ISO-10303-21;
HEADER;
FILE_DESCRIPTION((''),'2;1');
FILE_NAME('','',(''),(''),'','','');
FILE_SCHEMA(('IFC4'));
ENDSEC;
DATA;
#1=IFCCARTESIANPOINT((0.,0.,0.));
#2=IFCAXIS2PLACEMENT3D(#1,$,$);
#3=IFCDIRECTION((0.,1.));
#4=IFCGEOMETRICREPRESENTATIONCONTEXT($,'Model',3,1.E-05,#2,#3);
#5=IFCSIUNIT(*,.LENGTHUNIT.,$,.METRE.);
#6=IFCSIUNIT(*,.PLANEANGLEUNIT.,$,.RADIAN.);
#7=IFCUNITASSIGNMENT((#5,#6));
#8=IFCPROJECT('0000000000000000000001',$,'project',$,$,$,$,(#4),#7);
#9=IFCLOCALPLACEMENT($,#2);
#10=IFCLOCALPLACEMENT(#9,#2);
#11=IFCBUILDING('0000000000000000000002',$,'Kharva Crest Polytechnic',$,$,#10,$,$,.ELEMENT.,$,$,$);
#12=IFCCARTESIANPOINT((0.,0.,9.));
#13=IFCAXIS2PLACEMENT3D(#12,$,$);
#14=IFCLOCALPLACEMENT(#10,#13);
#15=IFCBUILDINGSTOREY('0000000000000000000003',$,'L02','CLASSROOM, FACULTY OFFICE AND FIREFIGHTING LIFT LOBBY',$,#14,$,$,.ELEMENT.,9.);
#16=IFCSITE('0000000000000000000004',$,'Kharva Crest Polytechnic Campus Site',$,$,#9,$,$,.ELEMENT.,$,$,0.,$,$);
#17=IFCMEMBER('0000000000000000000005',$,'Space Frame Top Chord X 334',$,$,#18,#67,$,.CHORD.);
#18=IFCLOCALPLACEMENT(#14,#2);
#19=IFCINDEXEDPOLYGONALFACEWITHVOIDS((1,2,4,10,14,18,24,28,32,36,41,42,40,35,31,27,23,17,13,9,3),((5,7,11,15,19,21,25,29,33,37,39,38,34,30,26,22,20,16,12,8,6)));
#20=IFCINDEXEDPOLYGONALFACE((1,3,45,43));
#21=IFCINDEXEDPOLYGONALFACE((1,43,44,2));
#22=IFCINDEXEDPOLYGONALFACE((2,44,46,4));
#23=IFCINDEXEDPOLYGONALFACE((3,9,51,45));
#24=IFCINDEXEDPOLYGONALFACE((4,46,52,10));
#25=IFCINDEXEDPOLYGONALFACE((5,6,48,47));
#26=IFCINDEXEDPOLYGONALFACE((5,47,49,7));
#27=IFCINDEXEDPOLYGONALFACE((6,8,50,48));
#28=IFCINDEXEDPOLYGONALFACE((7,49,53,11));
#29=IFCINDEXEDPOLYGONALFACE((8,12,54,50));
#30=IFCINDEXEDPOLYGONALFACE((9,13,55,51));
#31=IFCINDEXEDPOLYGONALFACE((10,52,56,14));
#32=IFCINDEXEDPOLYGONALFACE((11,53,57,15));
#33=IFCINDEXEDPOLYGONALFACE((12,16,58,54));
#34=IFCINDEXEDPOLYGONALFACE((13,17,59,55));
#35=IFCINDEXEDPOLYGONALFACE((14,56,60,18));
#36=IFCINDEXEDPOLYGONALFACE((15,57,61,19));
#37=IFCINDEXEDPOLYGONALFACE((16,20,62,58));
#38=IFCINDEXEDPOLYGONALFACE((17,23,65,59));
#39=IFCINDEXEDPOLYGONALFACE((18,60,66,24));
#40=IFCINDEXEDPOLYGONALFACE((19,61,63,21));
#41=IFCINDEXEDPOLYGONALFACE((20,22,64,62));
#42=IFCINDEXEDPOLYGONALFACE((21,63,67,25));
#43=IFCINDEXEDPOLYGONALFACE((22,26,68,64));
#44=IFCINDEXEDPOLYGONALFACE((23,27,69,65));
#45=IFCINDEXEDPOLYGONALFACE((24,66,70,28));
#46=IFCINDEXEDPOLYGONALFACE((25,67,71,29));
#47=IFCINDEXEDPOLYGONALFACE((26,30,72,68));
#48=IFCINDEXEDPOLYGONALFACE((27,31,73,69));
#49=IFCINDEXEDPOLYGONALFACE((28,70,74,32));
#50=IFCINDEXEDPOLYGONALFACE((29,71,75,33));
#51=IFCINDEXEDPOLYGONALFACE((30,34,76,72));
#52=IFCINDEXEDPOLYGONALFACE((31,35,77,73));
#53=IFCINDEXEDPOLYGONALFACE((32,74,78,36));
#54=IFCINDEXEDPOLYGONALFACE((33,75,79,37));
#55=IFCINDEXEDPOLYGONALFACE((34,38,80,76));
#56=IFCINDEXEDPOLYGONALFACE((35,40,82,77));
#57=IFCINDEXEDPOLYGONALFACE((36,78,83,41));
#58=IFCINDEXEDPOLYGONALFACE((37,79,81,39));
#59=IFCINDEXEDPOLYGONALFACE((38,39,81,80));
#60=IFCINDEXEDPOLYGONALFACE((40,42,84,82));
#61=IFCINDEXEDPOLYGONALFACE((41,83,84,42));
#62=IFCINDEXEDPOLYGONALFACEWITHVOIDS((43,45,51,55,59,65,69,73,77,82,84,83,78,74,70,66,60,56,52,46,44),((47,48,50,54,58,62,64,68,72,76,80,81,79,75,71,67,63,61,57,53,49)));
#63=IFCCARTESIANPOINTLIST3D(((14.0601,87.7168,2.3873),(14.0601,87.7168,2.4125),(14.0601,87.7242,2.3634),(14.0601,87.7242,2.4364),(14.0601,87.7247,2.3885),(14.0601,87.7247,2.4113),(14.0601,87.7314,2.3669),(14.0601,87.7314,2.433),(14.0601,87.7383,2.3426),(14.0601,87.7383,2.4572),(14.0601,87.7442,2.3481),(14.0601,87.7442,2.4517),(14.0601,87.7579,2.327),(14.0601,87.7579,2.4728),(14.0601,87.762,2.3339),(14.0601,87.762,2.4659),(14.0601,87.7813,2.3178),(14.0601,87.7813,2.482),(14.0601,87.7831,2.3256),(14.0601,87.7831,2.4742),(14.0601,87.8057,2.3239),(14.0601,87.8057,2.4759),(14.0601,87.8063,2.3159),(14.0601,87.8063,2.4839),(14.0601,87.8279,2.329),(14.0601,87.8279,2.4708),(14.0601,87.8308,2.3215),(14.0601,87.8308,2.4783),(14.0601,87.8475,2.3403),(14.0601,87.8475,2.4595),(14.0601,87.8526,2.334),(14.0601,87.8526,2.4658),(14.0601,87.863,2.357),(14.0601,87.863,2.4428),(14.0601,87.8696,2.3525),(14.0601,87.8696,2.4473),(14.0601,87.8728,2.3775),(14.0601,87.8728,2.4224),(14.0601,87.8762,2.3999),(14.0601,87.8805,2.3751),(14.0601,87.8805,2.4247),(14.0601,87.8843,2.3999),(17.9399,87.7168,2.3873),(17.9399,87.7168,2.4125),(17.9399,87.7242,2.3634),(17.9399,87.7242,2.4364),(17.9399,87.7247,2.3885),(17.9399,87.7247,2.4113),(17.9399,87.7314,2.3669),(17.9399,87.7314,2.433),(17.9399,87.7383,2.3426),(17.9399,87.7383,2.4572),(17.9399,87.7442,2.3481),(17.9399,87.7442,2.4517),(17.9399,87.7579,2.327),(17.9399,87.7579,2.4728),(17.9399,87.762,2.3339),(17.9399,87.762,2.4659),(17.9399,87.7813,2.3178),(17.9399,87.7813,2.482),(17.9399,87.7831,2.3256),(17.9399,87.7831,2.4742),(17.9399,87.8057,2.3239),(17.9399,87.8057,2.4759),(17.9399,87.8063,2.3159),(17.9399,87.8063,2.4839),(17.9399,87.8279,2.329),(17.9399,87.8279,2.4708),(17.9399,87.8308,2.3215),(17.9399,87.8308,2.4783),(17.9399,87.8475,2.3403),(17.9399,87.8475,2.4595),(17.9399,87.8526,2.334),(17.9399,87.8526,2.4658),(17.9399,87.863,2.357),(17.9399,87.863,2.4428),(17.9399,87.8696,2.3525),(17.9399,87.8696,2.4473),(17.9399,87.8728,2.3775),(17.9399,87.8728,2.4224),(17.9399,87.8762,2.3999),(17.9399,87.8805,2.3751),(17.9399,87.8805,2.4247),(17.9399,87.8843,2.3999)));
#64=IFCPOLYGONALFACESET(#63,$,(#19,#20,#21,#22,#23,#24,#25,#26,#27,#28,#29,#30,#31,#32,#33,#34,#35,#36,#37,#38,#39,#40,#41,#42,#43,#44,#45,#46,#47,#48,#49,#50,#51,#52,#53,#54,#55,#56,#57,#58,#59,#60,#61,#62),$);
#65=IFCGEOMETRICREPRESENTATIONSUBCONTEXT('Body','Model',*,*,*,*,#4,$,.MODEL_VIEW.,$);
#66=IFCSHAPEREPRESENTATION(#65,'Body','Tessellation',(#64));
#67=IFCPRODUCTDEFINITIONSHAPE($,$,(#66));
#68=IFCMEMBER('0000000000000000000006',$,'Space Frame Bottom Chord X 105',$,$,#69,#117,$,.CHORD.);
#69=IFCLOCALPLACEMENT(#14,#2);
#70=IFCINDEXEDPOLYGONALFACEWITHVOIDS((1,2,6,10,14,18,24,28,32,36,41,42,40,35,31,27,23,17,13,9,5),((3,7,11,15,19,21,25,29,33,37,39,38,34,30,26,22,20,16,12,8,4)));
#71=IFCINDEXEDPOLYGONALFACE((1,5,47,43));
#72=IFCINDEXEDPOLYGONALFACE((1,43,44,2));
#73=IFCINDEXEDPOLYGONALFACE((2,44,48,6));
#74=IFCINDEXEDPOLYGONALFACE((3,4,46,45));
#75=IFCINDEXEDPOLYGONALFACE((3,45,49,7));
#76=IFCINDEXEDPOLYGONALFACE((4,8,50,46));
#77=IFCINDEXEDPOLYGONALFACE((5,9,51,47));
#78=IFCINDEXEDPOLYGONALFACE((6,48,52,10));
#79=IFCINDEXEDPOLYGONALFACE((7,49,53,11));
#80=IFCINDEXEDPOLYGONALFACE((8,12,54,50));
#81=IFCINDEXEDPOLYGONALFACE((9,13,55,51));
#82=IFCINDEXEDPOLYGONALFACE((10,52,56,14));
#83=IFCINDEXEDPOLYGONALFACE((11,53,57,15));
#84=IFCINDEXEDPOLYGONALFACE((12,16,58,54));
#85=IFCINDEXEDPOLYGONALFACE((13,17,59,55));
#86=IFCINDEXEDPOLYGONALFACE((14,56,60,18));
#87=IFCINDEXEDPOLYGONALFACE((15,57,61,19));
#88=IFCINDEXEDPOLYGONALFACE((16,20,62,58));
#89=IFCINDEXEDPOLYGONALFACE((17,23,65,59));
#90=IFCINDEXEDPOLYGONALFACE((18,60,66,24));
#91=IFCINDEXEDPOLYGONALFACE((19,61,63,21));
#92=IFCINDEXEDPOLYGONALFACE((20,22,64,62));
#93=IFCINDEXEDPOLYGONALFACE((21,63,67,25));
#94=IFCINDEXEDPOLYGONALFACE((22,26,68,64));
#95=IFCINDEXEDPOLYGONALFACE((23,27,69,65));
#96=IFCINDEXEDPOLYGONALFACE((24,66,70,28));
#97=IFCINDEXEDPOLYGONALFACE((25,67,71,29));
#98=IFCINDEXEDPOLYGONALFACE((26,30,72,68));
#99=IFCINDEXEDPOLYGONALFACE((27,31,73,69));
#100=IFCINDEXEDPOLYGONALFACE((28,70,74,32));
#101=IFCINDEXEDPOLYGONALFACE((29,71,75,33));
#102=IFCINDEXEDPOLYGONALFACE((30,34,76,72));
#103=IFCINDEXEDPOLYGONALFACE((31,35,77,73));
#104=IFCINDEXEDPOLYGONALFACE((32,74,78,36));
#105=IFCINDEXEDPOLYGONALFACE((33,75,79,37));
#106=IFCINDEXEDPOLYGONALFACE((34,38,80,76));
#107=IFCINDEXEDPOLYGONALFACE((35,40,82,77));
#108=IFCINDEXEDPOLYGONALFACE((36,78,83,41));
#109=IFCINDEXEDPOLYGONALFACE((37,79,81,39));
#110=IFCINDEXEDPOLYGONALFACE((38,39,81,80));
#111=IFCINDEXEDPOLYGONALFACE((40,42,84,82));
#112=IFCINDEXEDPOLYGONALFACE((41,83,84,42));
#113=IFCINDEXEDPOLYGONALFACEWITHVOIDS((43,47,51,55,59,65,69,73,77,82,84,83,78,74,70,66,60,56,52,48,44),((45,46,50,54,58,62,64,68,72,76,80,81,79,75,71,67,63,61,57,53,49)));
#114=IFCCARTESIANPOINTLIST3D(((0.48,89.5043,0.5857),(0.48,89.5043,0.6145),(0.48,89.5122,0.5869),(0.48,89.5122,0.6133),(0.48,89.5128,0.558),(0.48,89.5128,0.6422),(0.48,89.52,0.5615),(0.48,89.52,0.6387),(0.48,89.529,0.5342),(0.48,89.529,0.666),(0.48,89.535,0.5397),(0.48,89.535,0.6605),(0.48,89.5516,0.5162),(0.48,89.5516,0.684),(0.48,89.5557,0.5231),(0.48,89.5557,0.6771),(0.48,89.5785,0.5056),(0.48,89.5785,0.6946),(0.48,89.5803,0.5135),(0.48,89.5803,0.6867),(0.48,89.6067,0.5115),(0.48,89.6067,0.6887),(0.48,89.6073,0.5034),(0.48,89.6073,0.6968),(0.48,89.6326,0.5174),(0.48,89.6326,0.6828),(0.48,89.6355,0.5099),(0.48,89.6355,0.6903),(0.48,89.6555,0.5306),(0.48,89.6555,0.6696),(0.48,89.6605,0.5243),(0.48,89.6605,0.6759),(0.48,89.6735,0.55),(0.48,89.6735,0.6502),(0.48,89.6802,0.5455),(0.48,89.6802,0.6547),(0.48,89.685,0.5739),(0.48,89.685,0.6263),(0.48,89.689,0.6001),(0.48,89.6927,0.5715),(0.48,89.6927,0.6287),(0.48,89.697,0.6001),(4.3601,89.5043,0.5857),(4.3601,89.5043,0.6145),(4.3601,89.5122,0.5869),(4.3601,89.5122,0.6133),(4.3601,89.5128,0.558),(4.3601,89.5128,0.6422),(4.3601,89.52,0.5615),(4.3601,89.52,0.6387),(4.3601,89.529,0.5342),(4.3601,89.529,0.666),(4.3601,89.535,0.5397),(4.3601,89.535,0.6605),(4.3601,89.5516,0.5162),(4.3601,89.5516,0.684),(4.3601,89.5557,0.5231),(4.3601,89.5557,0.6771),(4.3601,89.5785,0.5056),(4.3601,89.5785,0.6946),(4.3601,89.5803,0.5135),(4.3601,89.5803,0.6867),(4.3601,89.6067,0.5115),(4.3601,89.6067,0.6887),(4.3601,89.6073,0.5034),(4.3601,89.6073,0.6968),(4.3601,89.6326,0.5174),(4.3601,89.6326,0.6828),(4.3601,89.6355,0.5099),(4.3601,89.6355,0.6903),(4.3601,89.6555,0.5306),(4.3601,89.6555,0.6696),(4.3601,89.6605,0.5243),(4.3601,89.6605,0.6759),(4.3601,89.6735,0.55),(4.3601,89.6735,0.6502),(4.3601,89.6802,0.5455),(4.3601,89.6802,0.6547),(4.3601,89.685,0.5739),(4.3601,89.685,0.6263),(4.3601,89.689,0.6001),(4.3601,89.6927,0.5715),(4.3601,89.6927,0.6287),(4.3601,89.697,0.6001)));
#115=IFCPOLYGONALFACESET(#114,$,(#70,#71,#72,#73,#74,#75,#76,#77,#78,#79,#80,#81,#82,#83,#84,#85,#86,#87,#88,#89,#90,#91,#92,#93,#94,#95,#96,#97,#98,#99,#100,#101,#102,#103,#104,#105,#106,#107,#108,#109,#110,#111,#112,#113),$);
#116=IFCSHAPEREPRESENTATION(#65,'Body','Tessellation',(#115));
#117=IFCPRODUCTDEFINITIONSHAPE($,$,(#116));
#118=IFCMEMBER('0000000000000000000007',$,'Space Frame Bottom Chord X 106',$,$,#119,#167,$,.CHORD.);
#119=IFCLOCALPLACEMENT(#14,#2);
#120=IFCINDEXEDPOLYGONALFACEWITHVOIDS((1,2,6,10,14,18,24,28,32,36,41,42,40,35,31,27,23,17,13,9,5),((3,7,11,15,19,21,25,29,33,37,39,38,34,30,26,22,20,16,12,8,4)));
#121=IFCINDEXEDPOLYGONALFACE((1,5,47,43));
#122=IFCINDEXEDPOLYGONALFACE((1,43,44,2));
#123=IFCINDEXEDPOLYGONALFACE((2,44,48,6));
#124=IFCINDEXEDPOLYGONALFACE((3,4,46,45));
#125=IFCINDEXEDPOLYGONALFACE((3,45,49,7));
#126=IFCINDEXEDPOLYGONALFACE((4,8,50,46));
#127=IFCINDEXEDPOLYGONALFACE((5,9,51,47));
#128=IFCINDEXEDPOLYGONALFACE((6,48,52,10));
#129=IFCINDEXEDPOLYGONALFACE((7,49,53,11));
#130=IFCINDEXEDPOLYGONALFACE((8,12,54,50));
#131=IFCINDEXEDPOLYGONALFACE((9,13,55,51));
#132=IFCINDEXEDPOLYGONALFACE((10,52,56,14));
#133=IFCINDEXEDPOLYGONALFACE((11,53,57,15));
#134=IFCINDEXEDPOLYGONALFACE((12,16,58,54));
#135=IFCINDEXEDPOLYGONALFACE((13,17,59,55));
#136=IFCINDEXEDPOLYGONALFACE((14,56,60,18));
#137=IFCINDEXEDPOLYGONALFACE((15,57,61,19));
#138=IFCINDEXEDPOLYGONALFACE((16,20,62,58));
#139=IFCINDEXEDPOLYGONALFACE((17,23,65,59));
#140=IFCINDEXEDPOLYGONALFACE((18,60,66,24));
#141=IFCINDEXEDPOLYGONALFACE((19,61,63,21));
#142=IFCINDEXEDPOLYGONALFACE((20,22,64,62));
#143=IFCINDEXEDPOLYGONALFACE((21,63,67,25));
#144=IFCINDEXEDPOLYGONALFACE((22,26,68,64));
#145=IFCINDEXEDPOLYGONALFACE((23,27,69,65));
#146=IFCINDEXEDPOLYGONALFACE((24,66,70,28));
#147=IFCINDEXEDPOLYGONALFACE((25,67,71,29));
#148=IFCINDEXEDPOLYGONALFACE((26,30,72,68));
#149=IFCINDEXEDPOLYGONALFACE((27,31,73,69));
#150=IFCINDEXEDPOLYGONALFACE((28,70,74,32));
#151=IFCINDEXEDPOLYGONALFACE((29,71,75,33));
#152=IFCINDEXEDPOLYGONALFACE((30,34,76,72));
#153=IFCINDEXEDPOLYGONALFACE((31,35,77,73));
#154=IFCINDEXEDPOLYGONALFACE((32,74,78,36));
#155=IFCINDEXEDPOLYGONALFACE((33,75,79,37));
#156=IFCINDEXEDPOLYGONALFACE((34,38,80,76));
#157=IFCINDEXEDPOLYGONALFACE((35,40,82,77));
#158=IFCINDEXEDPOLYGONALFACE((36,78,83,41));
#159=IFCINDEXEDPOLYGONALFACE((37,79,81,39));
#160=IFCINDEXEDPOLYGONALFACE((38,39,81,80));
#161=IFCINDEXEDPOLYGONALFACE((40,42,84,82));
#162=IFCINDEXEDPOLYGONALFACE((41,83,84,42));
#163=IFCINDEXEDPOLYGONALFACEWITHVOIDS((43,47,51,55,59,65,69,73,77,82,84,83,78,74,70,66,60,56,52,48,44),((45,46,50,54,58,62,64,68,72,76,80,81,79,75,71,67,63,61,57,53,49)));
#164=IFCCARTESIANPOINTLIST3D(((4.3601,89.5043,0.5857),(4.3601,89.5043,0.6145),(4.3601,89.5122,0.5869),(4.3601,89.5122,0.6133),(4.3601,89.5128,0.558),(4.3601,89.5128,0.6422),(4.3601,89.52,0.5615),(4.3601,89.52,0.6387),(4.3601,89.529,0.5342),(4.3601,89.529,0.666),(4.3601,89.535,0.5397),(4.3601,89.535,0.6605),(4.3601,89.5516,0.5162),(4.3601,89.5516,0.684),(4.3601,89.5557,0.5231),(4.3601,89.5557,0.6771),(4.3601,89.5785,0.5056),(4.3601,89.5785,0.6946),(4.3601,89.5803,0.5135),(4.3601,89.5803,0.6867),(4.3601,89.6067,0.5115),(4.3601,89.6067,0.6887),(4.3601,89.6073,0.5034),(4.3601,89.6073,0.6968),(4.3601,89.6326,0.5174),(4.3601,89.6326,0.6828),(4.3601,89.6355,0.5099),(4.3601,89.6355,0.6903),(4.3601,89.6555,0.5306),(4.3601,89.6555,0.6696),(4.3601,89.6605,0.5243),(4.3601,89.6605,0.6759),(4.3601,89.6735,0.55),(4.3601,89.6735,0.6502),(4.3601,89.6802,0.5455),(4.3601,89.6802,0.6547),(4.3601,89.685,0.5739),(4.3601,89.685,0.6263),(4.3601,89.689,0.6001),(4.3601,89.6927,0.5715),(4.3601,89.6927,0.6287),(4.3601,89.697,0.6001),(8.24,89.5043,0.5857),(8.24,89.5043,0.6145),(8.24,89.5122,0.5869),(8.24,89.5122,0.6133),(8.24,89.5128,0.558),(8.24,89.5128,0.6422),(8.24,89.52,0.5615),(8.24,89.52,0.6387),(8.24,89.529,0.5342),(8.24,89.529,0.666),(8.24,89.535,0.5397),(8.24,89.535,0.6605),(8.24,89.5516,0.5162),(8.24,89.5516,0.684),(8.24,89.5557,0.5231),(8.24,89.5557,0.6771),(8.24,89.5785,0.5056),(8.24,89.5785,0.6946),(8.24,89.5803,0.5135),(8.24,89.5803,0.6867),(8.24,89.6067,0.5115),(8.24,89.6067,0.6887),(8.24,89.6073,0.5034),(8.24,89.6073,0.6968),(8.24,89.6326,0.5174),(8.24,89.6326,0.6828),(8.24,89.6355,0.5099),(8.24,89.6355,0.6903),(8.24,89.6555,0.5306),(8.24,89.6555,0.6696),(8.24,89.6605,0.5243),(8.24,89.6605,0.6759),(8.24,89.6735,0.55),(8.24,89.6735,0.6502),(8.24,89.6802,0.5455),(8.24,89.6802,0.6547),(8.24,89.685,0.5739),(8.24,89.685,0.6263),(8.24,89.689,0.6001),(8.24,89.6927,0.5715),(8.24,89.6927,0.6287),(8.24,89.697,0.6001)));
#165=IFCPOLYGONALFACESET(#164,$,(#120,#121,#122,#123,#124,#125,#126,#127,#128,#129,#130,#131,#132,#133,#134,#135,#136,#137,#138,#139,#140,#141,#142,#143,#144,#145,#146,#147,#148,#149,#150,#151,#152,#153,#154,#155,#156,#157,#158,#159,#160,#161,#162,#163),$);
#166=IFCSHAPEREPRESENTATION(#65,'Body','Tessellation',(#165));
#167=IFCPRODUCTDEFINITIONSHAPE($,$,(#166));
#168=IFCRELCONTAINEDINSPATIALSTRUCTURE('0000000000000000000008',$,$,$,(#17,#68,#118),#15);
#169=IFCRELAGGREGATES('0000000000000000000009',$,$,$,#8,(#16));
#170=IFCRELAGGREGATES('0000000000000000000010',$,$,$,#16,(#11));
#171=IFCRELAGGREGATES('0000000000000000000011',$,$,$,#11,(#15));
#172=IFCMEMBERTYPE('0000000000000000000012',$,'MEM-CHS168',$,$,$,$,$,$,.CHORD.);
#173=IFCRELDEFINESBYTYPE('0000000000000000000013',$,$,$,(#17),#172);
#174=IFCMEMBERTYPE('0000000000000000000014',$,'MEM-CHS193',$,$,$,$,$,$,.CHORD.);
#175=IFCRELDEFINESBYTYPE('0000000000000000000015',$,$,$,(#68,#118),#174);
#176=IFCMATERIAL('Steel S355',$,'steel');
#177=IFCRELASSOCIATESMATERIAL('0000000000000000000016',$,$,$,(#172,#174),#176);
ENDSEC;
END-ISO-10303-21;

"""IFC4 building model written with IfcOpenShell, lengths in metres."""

from ifc_helpers import new_model, si_unit, direction, frame, origin, origin_2d, place, context, subcontext, project, spatial, hollow_circle, extrude, material, material_profile, profile_set, type_object, element, save


model = new_model("IFC4")

# Units and contexts
model_context = context("Model", 3, precision=1e-05, world=origin(), true_north=direction((0.0, 1.0)))
body_context = subcontext(model_context, "Body", "Model", "MODEL_VIEW")
ifc_project = project(units=[si_unit("LENGTHUNIT", "METRE"), si_unit("PLANEANGLEUNIT", "RADIAN")], contexts=[model_context])

# Site, building, storey
site_placement = place(None, origin())
site = spatial("IfcSite", under=ifc_project, at=site_placement, Name="Kharva Crest Polytechnic Campus Site", CompositionType="ELEMENT", RefElevation=0.0)
building_placement = place(site_placement, origin())
building = spatial("IfcBuilding", under=site, at=building_placement, Name="Kharva Crest Polytechnic", CompositionType="ELEMENT")
storey_placement = place(building_placement, frame((0.0, 0.0, 9.0)))
storey = spatial("IfcBuildingStorey", under=building, at=storey_placement, Name="L02", Description="CLASSROOM, FACULTY OFFICE AND FIREFIGHTING LIFT LOBBY", CompositionType="ELEMENT", Elevation=9.0)

# Members
ifc_material = material(Name="Steel S355", Category="steel")
ifc_material_profile_1 = material_profile(ifc_material, hollow_circle(Radius=0.0842, WallThickness=0.0081, at=origin_2d()), Name="CHS 168.3X8.0")
ifc_profile_set_1 = profile_set([ifc_material_profile_1], Name="Steel S355")
member_type_1 = type_object("IfcMemberType", Name="MEM-CHS168", PredefinedType="CHORD", material=ifc_profile_set_1)
member_1_placement = place(storey_placement, frame((14.0601, 87.8, 2.3999), z_axis=(1.0, 0.0, 0.0), x_axis=(0.0, 1.0, 0.0)))
element("IfcMember", 1, at=member_1_placement, inside=storey, type_object=member_type_1, Name="Space Frame Top Chord X 334", PredefinedType="CHORD", context=body_context, shape_type="SweptSolid", body=[
    extrude(hollow_circle(Radius=0.0842, WallThickness=0.0081, at=origin_2d()), origin(), (0.0, 0.0, 1.0), 3.8799),
])
ifc_material_profile_2 = material_profile(ifc_material, hollow_circle(Radius=0.0969, WallThickness=0.0081, at=origin_2d()), Name="CHS 193.7X8.0")
ifc_profile_set_2 = profile_set([ifc_material_profile_2], Name="Steel S355")
member_type_2 = type_object("IfcMemberType", Name="MEM-CHS193", PredefinedType="CHORD", material=ifc_profile_set_2)
member_2_placement = place(storey_placement, frame((0.48, 89.6001, 0.6001), z_axis=(1.0, 0.0, 0.0), x_axis=(0.0, 1.0, 0.0)))
element("IfcMember", 2, at=member_2_placement, inside=storey, type_object=member_type_2, Name="Space Frame Bottom Chord X 105", PredefinedType="CHORD", context=body_context, shape_type="SweptSolid", body=[
    extrude(hollow_circle(Radius=0.0969, WallThickness=0.0081, at=origin_2d()), origin(), (0.0, 0.0, 1.0), 3.8801),
])
member_3_placement = place(storey_placement, frame((4.3601, 89.6001, 0.6001), z_axis=(1.0, 0.0, 0.0), x_axis=(0.0, 1.0, 0.0)))
element("IfcMember", 3, at=member_3_placement, inside=storey, type_object=member_type_2, Name="Space Frame Bottom Chord X 106", PredefinedType="CHORD", context=body_context, shape_type="SweptSolid", body=[
    extrude(hollow_circle(Radius=0.0969, WallThickness=0.0081, at=origin_2d()), origin(), (0.0, 0.0, 1.0), 3.8799),
])

save(model, "model.ifc")
